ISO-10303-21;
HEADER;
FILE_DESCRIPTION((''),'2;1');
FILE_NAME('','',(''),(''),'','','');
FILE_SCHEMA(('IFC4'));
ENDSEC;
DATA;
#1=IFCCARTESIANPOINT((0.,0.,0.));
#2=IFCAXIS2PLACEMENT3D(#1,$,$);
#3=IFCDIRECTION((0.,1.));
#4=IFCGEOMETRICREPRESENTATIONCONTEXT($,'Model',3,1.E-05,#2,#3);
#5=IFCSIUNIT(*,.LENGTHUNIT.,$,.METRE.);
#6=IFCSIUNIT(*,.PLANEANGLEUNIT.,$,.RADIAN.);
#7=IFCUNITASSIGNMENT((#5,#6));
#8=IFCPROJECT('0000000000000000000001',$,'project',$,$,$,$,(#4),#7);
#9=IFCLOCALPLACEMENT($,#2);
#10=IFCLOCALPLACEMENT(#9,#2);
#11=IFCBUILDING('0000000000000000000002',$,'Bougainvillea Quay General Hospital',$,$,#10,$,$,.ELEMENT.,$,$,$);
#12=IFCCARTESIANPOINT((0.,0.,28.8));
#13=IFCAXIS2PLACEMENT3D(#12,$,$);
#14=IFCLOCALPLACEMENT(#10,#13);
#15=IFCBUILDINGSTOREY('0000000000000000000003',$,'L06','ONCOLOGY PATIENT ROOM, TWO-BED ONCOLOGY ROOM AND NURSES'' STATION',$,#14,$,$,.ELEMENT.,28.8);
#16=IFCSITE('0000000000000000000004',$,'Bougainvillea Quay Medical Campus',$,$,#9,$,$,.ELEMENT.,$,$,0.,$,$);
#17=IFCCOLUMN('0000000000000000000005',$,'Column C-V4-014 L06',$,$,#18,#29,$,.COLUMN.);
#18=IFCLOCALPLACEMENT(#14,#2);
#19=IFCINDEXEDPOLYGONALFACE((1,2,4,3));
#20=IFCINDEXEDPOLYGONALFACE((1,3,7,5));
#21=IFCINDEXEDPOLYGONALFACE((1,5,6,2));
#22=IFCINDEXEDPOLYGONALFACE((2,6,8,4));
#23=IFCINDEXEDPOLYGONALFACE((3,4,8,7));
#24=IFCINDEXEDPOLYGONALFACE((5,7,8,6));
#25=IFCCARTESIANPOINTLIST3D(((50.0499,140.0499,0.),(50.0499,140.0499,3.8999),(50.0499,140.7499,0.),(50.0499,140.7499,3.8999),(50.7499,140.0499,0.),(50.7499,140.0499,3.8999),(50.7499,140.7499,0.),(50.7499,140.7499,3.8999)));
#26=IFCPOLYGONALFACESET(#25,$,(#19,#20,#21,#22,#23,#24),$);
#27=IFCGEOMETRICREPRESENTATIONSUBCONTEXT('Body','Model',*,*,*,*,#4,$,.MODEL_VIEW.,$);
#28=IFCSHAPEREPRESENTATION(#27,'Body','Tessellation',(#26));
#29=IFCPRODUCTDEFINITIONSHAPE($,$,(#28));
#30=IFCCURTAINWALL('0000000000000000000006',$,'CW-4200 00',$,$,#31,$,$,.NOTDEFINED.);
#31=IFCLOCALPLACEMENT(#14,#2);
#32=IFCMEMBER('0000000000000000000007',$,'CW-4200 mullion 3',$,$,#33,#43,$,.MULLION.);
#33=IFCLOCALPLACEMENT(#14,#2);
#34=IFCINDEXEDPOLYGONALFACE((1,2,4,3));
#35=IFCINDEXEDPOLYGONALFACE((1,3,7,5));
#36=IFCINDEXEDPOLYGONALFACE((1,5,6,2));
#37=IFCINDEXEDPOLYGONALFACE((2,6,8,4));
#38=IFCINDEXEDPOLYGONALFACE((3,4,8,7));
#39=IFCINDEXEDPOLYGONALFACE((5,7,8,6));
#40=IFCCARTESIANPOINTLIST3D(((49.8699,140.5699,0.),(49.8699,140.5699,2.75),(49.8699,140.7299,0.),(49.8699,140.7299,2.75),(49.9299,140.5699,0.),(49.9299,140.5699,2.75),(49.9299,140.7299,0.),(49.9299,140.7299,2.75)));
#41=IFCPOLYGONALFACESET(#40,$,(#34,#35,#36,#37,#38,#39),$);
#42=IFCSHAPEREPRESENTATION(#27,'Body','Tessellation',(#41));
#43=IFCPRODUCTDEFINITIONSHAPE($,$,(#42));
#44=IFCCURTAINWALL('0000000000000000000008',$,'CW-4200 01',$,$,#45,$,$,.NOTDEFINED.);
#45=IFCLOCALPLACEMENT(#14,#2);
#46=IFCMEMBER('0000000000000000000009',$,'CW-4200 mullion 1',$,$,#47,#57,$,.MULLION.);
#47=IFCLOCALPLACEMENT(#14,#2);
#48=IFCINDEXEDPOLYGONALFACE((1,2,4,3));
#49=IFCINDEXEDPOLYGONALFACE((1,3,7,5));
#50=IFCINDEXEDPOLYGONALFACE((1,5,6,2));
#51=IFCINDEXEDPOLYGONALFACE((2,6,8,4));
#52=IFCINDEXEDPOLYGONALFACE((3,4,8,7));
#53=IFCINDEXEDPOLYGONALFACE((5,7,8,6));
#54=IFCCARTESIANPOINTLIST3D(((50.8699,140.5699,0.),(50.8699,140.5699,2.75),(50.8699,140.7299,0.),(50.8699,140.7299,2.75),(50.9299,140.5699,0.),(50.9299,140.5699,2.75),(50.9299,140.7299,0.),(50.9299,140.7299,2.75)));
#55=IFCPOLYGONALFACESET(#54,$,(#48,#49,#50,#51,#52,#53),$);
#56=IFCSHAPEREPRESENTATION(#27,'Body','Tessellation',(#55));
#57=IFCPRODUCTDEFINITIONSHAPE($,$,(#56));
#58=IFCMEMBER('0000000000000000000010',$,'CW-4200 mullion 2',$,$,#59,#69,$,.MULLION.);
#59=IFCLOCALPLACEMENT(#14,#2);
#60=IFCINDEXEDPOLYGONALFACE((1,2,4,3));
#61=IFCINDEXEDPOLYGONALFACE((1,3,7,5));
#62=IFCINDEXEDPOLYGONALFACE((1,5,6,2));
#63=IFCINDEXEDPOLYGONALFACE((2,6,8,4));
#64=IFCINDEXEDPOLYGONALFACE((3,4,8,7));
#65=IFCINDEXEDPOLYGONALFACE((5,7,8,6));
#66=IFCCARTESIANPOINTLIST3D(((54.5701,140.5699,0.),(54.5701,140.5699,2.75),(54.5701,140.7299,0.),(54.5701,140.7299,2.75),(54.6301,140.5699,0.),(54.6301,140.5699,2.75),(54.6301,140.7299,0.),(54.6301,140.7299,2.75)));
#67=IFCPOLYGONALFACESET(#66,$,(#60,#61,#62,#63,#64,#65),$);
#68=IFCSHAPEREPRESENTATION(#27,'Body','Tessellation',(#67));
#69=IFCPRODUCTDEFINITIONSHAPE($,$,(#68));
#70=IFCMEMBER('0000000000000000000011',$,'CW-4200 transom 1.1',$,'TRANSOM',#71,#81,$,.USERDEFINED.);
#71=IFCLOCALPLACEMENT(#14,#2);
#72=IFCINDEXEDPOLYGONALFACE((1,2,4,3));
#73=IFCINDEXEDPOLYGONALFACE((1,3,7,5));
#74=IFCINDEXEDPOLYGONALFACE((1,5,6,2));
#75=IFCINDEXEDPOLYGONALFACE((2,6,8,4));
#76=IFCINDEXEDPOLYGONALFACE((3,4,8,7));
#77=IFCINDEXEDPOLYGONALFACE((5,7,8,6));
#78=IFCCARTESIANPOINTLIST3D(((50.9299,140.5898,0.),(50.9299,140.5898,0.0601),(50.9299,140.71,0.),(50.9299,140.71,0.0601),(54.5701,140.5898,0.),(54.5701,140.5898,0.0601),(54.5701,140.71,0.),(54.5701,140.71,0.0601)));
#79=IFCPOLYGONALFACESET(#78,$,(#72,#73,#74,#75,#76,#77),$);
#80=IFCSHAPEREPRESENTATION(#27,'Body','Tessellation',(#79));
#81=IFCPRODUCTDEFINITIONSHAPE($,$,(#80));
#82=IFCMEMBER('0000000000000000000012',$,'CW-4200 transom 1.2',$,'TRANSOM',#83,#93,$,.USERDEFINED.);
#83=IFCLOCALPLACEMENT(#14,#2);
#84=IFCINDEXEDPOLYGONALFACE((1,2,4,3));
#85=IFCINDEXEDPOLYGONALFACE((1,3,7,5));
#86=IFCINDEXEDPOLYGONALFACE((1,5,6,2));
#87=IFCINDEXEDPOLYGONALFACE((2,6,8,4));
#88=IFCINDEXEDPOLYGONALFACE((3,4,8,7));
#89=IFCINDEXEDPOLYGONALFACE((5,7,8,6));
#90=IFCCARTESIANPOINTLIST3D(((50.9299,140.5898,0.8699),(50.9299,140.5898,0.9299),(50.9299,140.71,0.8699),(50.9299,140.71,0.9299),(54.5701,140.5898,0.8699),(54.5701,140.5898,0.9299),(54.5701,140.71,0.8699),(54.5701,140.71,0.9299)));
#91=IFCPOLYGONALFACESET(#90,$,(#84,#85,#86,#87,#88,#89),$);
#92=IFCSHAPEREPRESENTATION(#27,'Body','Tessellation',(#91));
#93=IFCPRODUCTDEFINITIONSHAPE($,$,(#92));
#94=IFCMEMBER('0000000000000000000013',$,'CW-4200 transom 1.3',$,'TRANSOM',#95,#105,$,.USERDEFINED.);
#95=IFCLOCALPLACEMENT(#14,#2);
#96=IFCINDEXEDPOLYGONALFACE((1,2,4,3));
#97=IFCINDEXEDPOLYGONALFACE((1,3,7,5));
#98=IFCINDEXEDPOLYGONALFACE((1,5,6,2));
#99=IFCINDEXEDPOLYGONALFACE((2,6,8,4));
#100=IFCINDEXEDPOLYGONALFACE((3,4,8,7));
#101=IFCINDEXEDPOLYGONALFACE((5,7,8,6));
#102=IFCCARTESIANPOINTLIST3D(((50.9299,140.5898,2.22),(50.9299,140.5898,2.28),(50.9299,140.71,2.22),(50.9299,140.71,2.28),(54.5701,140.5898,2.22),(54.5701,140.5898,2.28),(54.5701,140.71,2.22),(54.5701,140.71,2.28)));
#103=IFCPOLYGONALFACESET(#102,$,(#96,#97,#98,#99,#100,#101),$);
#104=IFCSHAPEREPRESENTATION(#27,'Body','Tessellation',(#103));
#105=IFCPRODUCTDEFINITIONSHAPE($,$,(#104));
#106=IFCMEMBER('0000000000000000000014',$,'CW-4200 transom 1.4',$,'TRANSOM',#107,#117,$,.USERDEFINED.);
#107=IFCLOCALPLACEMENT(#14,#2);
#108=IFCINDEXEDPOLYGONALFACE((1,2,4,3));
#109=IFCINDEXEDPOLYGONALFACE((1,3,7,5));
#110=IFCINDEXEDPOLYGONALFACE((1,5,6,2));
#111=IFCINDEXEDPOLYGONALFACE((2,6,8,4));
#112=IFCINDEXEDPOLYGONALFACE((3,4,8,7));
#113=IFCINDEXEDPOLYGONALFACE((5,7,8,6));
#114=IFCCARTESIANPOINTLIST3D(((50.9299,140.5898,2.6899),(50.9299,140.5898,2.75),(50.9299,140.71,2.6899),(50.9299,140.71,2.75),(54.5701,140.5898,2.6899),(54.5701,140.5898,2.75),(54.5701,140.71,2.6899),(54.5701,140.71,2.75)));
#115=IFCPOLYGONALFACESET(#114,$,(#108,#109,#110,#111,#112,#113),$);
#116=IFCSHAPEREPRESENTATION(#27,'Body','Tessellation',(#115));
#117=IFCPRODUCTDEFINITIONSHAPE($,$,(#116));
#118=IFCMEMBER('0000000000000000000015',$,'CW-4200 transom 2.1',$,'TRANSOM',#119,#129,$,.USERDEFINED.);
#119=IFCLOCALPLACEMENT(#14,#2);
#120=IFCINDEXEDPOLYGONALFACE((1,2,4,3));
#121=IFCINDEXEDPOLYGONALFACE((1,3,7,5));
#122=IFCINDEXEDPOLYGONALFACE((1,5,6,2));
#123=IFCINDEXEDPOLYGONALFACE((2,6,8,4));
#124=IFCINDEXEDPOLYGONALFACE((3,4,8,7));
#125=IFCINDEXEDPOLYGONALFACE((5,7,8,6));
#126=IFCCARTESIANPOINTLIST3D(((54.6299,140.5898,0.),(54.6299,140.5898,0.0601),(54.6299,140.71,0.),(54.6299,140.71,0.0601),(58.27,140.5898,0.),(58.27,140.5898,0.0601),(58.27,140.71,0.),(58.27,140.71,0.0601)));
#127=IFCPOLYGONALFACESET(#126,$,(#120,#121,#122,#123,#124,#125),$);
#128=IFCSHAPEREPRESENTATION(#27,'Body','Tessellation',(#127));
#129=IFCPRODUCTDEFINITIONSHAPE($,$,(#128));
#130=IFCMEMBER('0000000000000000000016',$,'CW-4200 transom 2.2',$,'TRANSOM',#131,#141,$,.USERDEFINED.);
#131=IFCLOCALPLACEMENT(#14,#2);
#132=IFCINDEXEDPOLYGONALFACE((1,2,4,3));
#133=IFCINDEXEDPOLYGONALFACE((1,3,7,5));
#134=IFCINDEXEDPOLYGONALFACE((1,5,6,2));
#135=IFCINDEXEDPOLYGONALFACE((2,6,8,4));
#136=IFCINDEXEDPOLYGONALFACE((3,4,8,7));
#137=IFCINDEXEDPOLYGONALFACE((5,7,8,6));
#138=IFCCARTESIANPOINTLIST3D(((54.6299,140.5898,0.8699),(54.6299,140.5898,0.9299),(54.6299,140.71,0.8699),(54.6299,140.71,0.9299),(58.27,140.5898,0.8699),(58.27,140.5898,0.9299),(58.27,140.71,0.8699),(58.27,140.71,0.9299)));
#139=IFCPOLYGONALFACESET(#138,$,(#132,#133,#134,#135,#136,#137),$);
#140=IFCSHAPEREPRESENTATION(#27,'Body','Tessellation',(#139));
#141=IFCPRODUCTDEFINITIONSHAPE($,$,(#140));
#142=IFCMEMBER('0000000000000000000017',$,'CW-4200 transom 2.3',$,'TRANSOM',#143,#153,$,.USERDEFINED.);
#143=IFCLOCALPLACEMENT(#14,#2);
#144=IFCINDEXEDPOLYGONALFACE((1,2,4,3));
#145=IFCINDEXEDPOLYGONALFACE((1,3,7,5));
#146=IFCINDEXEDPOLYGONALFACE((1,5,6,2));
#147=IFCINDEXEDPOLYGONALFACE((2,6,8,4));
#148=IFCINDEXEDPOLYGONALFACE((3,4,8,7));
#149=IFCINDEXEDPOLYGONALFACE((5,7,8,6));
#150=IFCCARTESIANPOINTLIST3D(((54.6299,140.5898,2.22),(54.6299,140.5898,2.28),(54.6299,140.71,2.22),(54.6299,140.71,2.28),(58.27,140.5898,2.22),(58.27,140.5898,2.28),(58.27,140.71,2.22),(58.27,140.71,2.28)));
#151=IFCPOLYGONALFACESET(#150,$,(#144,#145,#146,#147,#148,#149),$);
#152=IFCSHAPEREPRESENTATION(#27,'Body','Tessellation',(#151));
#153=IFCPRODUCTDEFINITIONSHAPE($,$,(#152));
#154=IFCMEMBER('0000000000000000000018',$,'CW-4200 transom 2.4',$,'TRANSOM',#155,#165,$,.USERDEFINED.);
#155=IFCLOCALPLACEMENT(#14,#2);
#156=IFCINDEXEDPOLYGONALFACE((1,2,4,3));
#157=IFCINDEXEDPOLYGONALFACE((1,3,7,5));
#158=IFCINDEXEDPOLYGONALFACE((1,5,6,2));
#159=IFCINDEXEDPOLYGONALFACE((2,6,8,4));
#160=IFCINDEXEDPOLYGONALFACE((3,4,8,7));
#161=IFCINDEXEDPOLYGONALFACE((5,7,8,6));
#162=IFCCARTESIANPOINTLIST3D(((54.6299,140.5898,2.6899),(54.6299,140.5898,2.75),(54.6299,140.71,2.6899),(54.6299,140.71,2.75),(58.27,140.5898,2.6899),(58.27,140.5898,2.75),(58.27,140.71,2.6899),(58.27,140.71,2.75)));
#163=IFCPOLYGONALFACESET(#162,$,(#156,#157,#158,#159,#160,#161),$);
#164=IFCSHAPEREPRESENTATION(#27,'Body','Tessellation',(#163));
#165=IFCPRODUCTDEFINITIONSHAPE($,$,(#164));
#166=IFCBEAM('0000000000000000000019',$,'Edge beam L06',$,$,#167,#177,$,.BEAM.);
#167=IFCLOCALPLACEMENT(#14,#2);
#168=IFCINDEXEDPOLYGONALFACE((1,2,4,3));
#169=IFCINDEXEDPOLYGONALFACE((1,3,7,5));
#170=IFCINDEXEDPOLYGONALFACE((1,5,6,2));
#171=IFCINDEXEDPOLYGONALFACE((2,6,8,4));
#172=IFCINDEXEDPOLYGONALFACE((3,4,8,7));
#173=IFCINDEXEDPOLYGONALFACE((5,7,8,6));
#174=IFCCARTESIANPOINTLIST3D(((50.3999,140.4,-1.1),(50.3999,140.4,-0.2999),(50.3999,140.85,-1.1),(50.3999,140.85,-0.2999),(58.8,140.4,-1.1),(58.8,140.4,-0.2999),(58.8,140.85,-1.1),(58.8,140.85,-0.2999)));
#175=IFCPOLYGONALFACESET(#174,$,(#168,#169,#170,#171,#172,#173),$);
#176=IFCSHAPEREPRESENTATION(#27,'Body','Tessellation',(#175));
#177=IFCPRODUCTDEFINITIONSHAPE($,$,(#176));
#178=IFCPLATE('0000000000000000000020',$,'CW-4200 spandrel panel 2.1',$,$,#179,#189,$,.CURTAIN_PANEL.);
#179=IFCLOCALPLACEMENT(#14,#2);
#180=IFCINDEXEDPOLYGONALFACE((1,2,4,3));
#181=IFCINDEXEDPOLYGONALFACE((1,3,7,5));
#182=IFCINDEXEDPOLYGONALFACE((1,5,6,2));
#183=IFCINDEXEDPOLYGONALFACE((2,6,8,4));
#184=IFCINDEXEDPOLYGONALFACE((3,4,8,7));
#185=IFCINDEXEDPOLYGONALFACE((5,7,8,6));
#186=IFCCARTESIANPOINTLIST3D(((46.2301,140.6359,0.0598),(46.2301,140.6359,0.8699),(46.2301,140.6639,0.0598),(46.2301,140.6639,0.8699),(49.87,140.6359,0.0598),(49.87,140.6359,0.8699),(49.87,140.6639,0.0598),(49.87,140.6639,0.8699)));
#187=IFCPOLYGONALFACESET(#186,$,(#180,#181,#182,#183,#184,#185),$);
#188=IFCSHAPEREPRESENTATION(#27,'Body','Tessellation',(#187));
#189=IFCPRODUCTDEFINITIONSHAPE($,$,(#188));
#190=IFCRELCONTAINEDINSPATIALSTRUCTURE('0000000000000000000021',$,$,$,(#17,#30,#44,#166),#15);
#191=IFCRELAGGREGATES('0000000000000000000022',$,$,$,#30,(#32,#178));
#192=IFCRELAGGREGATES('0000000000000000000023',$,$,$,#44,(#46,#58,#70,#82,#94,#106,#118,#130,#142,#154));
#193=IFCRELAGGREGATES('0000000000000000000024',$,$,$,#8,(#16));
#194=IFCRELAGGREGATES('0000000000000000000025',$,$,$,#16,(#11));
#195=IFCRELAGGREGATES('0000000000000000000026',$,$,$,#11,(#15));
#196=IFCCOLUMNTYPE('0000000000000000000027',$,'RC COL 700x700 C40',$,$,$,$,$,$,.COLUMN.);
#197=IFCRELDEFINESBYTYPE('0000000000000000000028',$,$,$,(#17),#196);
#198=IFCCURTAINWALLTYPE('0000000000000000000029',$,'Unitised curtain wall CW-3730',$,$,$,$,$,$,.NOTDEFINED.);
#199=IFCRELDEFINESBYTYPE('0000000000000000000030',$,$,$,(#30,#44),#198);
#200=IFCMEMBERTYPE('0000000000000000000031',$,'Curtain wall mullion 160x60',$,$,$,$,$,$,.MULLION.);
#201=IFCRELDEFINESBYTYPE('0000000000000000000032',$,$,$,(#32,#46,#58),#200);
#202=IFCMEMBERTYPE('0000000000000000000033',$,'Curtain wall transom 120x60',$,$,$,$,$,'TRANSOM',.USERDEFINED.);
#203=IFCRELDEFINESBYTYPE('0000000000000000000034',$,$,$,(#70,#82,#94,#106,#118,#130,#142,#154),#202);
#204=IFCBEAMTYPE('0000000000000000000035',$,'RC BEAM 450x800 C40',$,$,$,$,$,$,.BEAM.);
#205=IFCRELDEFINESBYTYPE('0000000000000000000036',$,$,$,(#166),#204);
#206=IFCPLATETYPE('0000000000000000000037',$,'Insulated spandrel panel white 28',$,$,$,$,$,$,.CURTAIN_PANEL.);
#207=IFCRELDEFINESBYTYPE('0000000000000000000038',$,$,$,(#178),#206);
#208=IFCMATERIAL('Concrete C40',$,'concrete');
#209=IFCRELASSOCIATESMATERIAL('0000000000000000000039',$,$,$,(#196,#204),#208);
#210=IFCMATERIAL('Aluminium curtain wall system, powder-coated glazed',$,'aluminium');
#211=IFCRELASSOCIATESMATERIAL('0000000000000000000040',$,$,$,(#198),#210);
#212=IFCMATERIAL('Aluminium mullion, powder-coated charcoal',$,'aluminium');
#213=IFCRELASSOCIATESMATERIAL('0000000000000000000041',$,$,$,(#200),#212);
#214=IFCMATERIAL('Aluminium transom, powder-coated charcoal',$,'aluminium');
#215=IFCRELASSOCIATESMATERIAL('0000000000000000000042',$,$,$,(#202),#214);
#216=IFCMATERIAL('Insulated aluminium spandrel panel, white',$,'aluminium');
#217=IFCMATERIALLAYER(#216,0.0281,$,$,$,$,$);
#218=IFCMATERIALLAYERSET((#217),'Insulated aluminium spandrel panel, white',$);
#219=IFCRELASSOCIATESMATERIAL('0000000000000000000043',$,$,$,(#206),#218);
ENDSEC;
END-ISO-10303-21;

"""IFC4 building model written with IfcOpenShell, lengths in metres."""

from ifc_helpers import new_model, si_unit, direction, frame, origin, origin_2d, place, context, subcontext, project, spatial, rectangle, extrude, material, layer, layer_set, material_profile, profile_set, type_object, element, aggregate, save


model = new_model("IFC4")

# Units and contexts
model_context = context("Model", 3, precision=1e-05, world=origin(), true_north=direction((0.0, 1.0)))
body_context = subcontext(model_context, "Body", "Model", "MODEL_VIEW")
ifc_project = project(units=[si_unit("LENGTHUNIT", "METRE"), si_unit("PLANEANGLEUNIT", "RADIAN")], contexts=[model_context])

# Site, building, storey
site_placement = place(None, origin())
site = spatial("IfcSite", under=ifc_project, at=site_placement, Name="Bougainvillea Quay Medical Campus", CompositionType="ELEMENT", RefElevation=0.0)
building_placement = place(site_placement, origin())
building = spatial("IfcBuilding", under=site, at=building_placement, Name="Bougainvillea Quay General Hospital", CompositionType="ELEMENT")
storey_placement = place(building_placement, frame((0.0, 0.0, 28.8)))
storey = spatial("IfcBuildingStorey", under=building, at=storey_placement, Name="L06", Description="ONCOLOGY PATIENT ROOM, TWO-BED ONCOLOGY ROOM AND NURSES' STATION", CompositionType="ELEMENT", Elevation=28.8)

# Column
ifc_material_1 = material(Name="Concrete C40", Category="concrete")
ifc_material_profile_1 = material_profile(ifc_material_1, rectangle(XDim=0.7, YDim=0.7, at=origin_2d()))
ifc_profile_set_1 = profile_set([ifc_material_profile_1], Name="Concrete C40")
column_type = type_object("IfcColumnType", Name="RC COL 700x700 C40", PredefinedType="COLUMN", material=ifc_profile_set_1)
column_placement = place(storey_placement, frame((50.3999, 140.3999, 0.0), z_axis=(0.0, 0.0, 1.0), x_axis=(1.0, 0.0, 0.0)))
element("IfcColumn", 1, at=column_placement, inside=storey, type_object=column_type, Name="Column C-V4-014 L06", PredefinedType="COLUMN", context=body_context, shape_type="SweptSolid", body=[
    extrude(rectangle(XDim=0.7, YDim=0.7, at=origin_2d()), origin(), (0.0, 0.0, 1.0), 3.8999),
])

# Curtain wall, member
ifc_material_2 = material(Name="Aluminium curtain wall system, powder-coated glazed", Category="aluminium")
curtain_wall_type = type_object("IfcCurtainWallType", Name="Unitised curtain wall CW-3730", PredefinedType="NOTDEFINED", material=ifc_material_2)
curtain_wall_1_placement = place(storey_placement, origin())
curtain_wall_1 = element("IfcCurtainWall", 2, at=curtain_wall_1_placement, inside=storey, type_object=curtain_wall_type, Name="CW-4200 00", PredefinedType="NOTDEFINED")
ifc_material_3 = material(Name="Aluminium mullion, powder-coated charcoal", Category="aluminium")
ifc_material_profile_2 = material_profile(ifc_material_3, rectangle(XDim=0.1599, YDim=0.0601, at=origin_2d()))
ifc_profile_set_2 = profile_set([ifc_material_profile_2], Name="Aluminium mullion, powder-coated charcoal")
member_type_1 = type_object("IfcMemberType", Name="Curtain wall mullion 160x60", PredefinedType="MULLION", material=ifc_profile_set_2)
member_1_placement = place(storey_placement, frame((49.8999, 140.6499, 0.0), z_axis=(0.0, 0.0, 1.0), x_axis=(0.0, 1.0, 0.0)))
member_1 = element("IfcMember", 3, at=member_1_placement, type_object=member_type_1, Name="CW-4200 mullion 3", PredefinedType="MULLION", context=body_context, shape_type="SweptSolid", body=[
    extrude(rectangle(XDim=0.1599, YDim=0.0601, at=origin_2d()), origin(), (0.0, 0.0, 1.0), 2.75),
])

# Curtain wall, members
curtain_wall_2_placement = place(storey_placement, origin())
curtain_wall_2 = element("IfcCurtainWall", 4, at=curtain_wall_2_placement, inside=storey, type_object=curtain_wall_type, Name="CW-4200 01", PredefinedType="NOTDEFINED")
member_2_placement = place(storey_placement, frame((50.8999, 140.6499, 0.0), z_axis=(0.0, 0.0, 1.0), x_axis=(0.0, 1.0, 0.0)))
member_2 = element("IfcMember", 5, at=member_2_placement, type_object=member_type_1, Name="CW-4200 mullion 1", PredefinedType="MULLION", context=body_context, shape_type="SweptSolid", body=[
    extrude(rectangle(XDim=0.1599, YDim=0.0601, at=origin_2d()), origin(), (0.0, 0.0, 1.0), 2.75),
])
member_3_placement = place(storey_placement, frame((54.6001, 140.6499, 0.0), z_axis=(0.0, 0.0, 1.0), x_axis=(0.0, 1.0, 0.0)))
member_3 = element("IfcMember", 6, at=member_3_placement, type_object=member_type_1, Name="CW-4200 mullion 2", PredefinedType="MULLION", context=body_context, shape_type="SweptSolid", body=[
    extrude(rectangle(XDim=0.1599, YDim=0.0601, at=origin_2d()), origin(), (0.0, 0.0, 1.0), 2.75),
])
ifc_material_4 = material(Name="Aluminium transom, powder-coated charcoal", Category="aluminium")
ifc_material_profile_3 = material_profile(ifc_material_4, rectangle(XDim=0.1201, YDim=0.0601, at=origin_2d()))
ifc_profile_set_3 = profile_set([ifc_material_profile_3], Name="Aluminium transom, powder-coated charcoal")
member_type_2 = type_object("IfcMemberType", Name="Curtain wall transom 120x60", ElementType="TRANSOM", PredefinedType="USERDEFINED", material=ifc_profile_set_3)
member_4_placement = place(storey_placement, frame((50.9299, 140.6499, 0.03), z_axis=(1.0, 0.0, 0.0), x_axis=(0.0, 1.0, 0.0)))
member_4 = element("IfcMember", 7, at=member_4_placement, type_object=member_type_2, Name="CW-4200 transom 1.1", ObjectType="TRANSOM", PredefinedType="USERDEFINED", context=body_context, shape_type="SweptSolid", body=[
    extrude(rectangle(XDim=0.1201, YDim=0.0601, at=origin_2d()), origin(), (0.0, 0.0, 1.0), 3.6401),
])
member_5_placement = place(storey_placement, frame((50.9299, 140.6499, 0.8999), z_axis=(1.0, 0.0, 0.0), x_axis=(0.0, 1.0, 0.0)))
member_5 = element("IfcMember", 8, at=member_5_placement, type_object=member_type_2, Name="CW-4200 transom 1.2", ObjectType="TRANSOM", PredefinedType="USERDEFINED", context=body_context, shape_type="SweptSolid", body=[
    extrude(rectangle(XDim=0.1201, YDim=0.0601, at=origin_2d()), origin(), (0.0, 0.0, 1.0), 3.6401),
])
member_6_placement = place(storey_placement, frame((50.9299, 140.6499, 2.25), z_axis=(1.0, 0.0, 0.0), x_axis=(0.0, 1.0, 0.0)))
member_6 = element("IfcMember", 9, at=member_6_placement, type_object=member_type_2, Name="CW-4200 transom 1.3", ObjectType="TRANSOM", PredefinedType="USERDEFINED", context=body_context, shape_type="SweptSolid", body=[
    extrude(rectangle(XDim=0.1201, YDim=0.0601, at=origin_2d()), origin(), (0.0, 0.0, 1.0), 3.6401),
])
member_7_placement = place(storey_placement, frame((50.9299, 140.6499, 2.72), z_axis=(1.0, 0.0, 0.0), x_axis=(0.0, 1.0, 0.0)))
member_7 = element("IfcMember", 10, at=member_7_placement, type_object=member_type_2, Name="CW-4200 transom 1.4", ObjectType="TRANSOM", PredefinedType="USERDEFINED", context=body_context, shape_type="SweptSolid", body=[
    extrude(rectangle(XDim=0.1201, YDim=0.0601, at=origin_2d()), origin(), (0.0, 0.0, 1.0), 3.6401),
])
member_8_placement = place(storey_placement, frame((54.6299, 140.6499, 0.03), z_axis=(1.0, 0.0, 0.0), x_axis=(0.0, 1.0, 0.0)))
member_8 = element("IfcMember", 11, at=member_8_placement, type_object=member_type_2, Name="CW-4200 transom 2.1", ObjectType="TRANSOM", PredefinedType="USERDEFINED", context=body_context, shape_type="SweptSolid", body=[
    extrude(rectangle(XDim=0.1201, YDim=0.0601, at=origin_2d()), origin(), (0.0, 0.0, 1.0), 3.6401),
])
member_9_placement = place(storey_placement, frame((54.6299, 140.6499, 0.8999), z_axis=(1.0, 0.0, 0.0), x_axis=(0.0, 1.0, 0.0)))
member_9 = element("IfcMember", 12, at=member_9_placement, type_object=member_type_2, Name="CW-4200 transom 2.2", ObjectType="TRANSOM", PredefinedType="USERDEFINED", context=body_context, shape_type="SweptSolid", body=[
    extrude(rectangle(XDim=0.1201, YDim=0.0601, at=origin_2d()), origin(), (0.0, 0.0, 1.0), 3.6401),
])
member_10_placement = place(storey_placement, frame((54.6299, 140.6499, 2.25), z_axis=(1.0, 0.0, 0.0), x_axis=(0.0, 1.0, 0.0)))
member_10 = element("IfcMember", 13, at=member_10_placement, type_object=member_type_2, Name="CW-4200 transom 2.3", ObjectType="TRANSOM", PredefinedType="USERDEFINED", context=body_context, shape_type="SweptSolid", body=[
    extrude(rectangle(XDim=0.1201, YDim=0.0601, at=origin_2d()), origin(), (0.0, 0.0, 1.0), 3.6401),
])
member_11_placement = place(storey_placement, frame((54.6299, 140.6499, 2.72), z_axis=(1.0, 0.0, 0.0), x_axis=(0.0, 1.0, 0.0)))
member_11 = element("IfcMember", 14, at=member_11_placement, type_object=member_type_2, Name="CW-4200 transom 2.4", ObjectType="TRANSOM", PredefinedType="USERDEFINED", context=body_context, shape_type="SweptSolid", body=[
    extrude(rectangle(XDim=0.1201, YDim=0.0601, at=origin_2d()), origin(), (0.0, 0.0, 1.0), 3.6401),
])

# Beam
ifc_material_profile_4 = material_profile(ifc_material_1, rectangle(XDim=0.45, YDim=0.8, at=origin_2d()))
ifc_profile_set_4 = profile_set([ifc_material_profile_4], Name="Concrete C40")
beam_type = type_object("IfcBeamType", Name="RC BEAM 450x800 C40", PredefinedType="BEAM", material=ifc_profile_set_4)
beam_placement = place(storey_placement, frame((50.3999, 140.625, -0.7), z_axis=(1.0, 0.0, 0.0), x_axis=(0.0, 1.0, 0.0)))
element("IfcBeam", 15, at=beam_placement, inside=storey, type_object=beam_type, Name="Edge beam L06", PredefinedType="BEAM", context=body_context, shape_type="SweptSolid", body=[
    extrude(rectangle(XDim=0.45, YDim=0.8, at=origin_2d()), origin(), (0.0, 0.0, 1.0), 8.4001),
])

# Plate
ifc_material_5 = material(Name="Insulated aluminium spandrel panel, white", Category="aluminium")
ifc_layer_1 = layer(ifc_material_5, 0.0281)
ifc_layer_set_1 = layer_set([ifc_layer_1], Name="Insulated aluminium spandrel panel, white")
plate_type_1 = type_object("IfcPlateType", Name="Insulated spandrel panel white 28", PredefinedType="CURTAIN_PANEL", material=ifc_layer_set_1)
plate_1_placement = place(storey_placement, frame((48.05, 140.6499, 0.0598), z_axis=(0.0, 0.0, 1.0), x_axis=(1.0, 0.0, 0.0)))
plate_1 = element("IfcPlate", 16, at=plate_1_placement, type_object=plate_type_1, Name="CW-4200 spandrel panel 2.1", PredefinedType="CURTAIN_PANEL", context=body_context, shape_type="SweptSolid", body=[
    extrude(rectangle(XDim=3.6399, YDim=0.0281, at=origin_2d()), origin(), (0.0, 0.0, 1.0), 0.8101),
])
aggregate(curtain_wall_1, [member_1, plate_1])
aggregate(curtain_wall_2, [member_2, member_3, member_4, member_5, member_6, member_7, member_8, member_9, member_10, member_11])

save(model, "model.ifc")
